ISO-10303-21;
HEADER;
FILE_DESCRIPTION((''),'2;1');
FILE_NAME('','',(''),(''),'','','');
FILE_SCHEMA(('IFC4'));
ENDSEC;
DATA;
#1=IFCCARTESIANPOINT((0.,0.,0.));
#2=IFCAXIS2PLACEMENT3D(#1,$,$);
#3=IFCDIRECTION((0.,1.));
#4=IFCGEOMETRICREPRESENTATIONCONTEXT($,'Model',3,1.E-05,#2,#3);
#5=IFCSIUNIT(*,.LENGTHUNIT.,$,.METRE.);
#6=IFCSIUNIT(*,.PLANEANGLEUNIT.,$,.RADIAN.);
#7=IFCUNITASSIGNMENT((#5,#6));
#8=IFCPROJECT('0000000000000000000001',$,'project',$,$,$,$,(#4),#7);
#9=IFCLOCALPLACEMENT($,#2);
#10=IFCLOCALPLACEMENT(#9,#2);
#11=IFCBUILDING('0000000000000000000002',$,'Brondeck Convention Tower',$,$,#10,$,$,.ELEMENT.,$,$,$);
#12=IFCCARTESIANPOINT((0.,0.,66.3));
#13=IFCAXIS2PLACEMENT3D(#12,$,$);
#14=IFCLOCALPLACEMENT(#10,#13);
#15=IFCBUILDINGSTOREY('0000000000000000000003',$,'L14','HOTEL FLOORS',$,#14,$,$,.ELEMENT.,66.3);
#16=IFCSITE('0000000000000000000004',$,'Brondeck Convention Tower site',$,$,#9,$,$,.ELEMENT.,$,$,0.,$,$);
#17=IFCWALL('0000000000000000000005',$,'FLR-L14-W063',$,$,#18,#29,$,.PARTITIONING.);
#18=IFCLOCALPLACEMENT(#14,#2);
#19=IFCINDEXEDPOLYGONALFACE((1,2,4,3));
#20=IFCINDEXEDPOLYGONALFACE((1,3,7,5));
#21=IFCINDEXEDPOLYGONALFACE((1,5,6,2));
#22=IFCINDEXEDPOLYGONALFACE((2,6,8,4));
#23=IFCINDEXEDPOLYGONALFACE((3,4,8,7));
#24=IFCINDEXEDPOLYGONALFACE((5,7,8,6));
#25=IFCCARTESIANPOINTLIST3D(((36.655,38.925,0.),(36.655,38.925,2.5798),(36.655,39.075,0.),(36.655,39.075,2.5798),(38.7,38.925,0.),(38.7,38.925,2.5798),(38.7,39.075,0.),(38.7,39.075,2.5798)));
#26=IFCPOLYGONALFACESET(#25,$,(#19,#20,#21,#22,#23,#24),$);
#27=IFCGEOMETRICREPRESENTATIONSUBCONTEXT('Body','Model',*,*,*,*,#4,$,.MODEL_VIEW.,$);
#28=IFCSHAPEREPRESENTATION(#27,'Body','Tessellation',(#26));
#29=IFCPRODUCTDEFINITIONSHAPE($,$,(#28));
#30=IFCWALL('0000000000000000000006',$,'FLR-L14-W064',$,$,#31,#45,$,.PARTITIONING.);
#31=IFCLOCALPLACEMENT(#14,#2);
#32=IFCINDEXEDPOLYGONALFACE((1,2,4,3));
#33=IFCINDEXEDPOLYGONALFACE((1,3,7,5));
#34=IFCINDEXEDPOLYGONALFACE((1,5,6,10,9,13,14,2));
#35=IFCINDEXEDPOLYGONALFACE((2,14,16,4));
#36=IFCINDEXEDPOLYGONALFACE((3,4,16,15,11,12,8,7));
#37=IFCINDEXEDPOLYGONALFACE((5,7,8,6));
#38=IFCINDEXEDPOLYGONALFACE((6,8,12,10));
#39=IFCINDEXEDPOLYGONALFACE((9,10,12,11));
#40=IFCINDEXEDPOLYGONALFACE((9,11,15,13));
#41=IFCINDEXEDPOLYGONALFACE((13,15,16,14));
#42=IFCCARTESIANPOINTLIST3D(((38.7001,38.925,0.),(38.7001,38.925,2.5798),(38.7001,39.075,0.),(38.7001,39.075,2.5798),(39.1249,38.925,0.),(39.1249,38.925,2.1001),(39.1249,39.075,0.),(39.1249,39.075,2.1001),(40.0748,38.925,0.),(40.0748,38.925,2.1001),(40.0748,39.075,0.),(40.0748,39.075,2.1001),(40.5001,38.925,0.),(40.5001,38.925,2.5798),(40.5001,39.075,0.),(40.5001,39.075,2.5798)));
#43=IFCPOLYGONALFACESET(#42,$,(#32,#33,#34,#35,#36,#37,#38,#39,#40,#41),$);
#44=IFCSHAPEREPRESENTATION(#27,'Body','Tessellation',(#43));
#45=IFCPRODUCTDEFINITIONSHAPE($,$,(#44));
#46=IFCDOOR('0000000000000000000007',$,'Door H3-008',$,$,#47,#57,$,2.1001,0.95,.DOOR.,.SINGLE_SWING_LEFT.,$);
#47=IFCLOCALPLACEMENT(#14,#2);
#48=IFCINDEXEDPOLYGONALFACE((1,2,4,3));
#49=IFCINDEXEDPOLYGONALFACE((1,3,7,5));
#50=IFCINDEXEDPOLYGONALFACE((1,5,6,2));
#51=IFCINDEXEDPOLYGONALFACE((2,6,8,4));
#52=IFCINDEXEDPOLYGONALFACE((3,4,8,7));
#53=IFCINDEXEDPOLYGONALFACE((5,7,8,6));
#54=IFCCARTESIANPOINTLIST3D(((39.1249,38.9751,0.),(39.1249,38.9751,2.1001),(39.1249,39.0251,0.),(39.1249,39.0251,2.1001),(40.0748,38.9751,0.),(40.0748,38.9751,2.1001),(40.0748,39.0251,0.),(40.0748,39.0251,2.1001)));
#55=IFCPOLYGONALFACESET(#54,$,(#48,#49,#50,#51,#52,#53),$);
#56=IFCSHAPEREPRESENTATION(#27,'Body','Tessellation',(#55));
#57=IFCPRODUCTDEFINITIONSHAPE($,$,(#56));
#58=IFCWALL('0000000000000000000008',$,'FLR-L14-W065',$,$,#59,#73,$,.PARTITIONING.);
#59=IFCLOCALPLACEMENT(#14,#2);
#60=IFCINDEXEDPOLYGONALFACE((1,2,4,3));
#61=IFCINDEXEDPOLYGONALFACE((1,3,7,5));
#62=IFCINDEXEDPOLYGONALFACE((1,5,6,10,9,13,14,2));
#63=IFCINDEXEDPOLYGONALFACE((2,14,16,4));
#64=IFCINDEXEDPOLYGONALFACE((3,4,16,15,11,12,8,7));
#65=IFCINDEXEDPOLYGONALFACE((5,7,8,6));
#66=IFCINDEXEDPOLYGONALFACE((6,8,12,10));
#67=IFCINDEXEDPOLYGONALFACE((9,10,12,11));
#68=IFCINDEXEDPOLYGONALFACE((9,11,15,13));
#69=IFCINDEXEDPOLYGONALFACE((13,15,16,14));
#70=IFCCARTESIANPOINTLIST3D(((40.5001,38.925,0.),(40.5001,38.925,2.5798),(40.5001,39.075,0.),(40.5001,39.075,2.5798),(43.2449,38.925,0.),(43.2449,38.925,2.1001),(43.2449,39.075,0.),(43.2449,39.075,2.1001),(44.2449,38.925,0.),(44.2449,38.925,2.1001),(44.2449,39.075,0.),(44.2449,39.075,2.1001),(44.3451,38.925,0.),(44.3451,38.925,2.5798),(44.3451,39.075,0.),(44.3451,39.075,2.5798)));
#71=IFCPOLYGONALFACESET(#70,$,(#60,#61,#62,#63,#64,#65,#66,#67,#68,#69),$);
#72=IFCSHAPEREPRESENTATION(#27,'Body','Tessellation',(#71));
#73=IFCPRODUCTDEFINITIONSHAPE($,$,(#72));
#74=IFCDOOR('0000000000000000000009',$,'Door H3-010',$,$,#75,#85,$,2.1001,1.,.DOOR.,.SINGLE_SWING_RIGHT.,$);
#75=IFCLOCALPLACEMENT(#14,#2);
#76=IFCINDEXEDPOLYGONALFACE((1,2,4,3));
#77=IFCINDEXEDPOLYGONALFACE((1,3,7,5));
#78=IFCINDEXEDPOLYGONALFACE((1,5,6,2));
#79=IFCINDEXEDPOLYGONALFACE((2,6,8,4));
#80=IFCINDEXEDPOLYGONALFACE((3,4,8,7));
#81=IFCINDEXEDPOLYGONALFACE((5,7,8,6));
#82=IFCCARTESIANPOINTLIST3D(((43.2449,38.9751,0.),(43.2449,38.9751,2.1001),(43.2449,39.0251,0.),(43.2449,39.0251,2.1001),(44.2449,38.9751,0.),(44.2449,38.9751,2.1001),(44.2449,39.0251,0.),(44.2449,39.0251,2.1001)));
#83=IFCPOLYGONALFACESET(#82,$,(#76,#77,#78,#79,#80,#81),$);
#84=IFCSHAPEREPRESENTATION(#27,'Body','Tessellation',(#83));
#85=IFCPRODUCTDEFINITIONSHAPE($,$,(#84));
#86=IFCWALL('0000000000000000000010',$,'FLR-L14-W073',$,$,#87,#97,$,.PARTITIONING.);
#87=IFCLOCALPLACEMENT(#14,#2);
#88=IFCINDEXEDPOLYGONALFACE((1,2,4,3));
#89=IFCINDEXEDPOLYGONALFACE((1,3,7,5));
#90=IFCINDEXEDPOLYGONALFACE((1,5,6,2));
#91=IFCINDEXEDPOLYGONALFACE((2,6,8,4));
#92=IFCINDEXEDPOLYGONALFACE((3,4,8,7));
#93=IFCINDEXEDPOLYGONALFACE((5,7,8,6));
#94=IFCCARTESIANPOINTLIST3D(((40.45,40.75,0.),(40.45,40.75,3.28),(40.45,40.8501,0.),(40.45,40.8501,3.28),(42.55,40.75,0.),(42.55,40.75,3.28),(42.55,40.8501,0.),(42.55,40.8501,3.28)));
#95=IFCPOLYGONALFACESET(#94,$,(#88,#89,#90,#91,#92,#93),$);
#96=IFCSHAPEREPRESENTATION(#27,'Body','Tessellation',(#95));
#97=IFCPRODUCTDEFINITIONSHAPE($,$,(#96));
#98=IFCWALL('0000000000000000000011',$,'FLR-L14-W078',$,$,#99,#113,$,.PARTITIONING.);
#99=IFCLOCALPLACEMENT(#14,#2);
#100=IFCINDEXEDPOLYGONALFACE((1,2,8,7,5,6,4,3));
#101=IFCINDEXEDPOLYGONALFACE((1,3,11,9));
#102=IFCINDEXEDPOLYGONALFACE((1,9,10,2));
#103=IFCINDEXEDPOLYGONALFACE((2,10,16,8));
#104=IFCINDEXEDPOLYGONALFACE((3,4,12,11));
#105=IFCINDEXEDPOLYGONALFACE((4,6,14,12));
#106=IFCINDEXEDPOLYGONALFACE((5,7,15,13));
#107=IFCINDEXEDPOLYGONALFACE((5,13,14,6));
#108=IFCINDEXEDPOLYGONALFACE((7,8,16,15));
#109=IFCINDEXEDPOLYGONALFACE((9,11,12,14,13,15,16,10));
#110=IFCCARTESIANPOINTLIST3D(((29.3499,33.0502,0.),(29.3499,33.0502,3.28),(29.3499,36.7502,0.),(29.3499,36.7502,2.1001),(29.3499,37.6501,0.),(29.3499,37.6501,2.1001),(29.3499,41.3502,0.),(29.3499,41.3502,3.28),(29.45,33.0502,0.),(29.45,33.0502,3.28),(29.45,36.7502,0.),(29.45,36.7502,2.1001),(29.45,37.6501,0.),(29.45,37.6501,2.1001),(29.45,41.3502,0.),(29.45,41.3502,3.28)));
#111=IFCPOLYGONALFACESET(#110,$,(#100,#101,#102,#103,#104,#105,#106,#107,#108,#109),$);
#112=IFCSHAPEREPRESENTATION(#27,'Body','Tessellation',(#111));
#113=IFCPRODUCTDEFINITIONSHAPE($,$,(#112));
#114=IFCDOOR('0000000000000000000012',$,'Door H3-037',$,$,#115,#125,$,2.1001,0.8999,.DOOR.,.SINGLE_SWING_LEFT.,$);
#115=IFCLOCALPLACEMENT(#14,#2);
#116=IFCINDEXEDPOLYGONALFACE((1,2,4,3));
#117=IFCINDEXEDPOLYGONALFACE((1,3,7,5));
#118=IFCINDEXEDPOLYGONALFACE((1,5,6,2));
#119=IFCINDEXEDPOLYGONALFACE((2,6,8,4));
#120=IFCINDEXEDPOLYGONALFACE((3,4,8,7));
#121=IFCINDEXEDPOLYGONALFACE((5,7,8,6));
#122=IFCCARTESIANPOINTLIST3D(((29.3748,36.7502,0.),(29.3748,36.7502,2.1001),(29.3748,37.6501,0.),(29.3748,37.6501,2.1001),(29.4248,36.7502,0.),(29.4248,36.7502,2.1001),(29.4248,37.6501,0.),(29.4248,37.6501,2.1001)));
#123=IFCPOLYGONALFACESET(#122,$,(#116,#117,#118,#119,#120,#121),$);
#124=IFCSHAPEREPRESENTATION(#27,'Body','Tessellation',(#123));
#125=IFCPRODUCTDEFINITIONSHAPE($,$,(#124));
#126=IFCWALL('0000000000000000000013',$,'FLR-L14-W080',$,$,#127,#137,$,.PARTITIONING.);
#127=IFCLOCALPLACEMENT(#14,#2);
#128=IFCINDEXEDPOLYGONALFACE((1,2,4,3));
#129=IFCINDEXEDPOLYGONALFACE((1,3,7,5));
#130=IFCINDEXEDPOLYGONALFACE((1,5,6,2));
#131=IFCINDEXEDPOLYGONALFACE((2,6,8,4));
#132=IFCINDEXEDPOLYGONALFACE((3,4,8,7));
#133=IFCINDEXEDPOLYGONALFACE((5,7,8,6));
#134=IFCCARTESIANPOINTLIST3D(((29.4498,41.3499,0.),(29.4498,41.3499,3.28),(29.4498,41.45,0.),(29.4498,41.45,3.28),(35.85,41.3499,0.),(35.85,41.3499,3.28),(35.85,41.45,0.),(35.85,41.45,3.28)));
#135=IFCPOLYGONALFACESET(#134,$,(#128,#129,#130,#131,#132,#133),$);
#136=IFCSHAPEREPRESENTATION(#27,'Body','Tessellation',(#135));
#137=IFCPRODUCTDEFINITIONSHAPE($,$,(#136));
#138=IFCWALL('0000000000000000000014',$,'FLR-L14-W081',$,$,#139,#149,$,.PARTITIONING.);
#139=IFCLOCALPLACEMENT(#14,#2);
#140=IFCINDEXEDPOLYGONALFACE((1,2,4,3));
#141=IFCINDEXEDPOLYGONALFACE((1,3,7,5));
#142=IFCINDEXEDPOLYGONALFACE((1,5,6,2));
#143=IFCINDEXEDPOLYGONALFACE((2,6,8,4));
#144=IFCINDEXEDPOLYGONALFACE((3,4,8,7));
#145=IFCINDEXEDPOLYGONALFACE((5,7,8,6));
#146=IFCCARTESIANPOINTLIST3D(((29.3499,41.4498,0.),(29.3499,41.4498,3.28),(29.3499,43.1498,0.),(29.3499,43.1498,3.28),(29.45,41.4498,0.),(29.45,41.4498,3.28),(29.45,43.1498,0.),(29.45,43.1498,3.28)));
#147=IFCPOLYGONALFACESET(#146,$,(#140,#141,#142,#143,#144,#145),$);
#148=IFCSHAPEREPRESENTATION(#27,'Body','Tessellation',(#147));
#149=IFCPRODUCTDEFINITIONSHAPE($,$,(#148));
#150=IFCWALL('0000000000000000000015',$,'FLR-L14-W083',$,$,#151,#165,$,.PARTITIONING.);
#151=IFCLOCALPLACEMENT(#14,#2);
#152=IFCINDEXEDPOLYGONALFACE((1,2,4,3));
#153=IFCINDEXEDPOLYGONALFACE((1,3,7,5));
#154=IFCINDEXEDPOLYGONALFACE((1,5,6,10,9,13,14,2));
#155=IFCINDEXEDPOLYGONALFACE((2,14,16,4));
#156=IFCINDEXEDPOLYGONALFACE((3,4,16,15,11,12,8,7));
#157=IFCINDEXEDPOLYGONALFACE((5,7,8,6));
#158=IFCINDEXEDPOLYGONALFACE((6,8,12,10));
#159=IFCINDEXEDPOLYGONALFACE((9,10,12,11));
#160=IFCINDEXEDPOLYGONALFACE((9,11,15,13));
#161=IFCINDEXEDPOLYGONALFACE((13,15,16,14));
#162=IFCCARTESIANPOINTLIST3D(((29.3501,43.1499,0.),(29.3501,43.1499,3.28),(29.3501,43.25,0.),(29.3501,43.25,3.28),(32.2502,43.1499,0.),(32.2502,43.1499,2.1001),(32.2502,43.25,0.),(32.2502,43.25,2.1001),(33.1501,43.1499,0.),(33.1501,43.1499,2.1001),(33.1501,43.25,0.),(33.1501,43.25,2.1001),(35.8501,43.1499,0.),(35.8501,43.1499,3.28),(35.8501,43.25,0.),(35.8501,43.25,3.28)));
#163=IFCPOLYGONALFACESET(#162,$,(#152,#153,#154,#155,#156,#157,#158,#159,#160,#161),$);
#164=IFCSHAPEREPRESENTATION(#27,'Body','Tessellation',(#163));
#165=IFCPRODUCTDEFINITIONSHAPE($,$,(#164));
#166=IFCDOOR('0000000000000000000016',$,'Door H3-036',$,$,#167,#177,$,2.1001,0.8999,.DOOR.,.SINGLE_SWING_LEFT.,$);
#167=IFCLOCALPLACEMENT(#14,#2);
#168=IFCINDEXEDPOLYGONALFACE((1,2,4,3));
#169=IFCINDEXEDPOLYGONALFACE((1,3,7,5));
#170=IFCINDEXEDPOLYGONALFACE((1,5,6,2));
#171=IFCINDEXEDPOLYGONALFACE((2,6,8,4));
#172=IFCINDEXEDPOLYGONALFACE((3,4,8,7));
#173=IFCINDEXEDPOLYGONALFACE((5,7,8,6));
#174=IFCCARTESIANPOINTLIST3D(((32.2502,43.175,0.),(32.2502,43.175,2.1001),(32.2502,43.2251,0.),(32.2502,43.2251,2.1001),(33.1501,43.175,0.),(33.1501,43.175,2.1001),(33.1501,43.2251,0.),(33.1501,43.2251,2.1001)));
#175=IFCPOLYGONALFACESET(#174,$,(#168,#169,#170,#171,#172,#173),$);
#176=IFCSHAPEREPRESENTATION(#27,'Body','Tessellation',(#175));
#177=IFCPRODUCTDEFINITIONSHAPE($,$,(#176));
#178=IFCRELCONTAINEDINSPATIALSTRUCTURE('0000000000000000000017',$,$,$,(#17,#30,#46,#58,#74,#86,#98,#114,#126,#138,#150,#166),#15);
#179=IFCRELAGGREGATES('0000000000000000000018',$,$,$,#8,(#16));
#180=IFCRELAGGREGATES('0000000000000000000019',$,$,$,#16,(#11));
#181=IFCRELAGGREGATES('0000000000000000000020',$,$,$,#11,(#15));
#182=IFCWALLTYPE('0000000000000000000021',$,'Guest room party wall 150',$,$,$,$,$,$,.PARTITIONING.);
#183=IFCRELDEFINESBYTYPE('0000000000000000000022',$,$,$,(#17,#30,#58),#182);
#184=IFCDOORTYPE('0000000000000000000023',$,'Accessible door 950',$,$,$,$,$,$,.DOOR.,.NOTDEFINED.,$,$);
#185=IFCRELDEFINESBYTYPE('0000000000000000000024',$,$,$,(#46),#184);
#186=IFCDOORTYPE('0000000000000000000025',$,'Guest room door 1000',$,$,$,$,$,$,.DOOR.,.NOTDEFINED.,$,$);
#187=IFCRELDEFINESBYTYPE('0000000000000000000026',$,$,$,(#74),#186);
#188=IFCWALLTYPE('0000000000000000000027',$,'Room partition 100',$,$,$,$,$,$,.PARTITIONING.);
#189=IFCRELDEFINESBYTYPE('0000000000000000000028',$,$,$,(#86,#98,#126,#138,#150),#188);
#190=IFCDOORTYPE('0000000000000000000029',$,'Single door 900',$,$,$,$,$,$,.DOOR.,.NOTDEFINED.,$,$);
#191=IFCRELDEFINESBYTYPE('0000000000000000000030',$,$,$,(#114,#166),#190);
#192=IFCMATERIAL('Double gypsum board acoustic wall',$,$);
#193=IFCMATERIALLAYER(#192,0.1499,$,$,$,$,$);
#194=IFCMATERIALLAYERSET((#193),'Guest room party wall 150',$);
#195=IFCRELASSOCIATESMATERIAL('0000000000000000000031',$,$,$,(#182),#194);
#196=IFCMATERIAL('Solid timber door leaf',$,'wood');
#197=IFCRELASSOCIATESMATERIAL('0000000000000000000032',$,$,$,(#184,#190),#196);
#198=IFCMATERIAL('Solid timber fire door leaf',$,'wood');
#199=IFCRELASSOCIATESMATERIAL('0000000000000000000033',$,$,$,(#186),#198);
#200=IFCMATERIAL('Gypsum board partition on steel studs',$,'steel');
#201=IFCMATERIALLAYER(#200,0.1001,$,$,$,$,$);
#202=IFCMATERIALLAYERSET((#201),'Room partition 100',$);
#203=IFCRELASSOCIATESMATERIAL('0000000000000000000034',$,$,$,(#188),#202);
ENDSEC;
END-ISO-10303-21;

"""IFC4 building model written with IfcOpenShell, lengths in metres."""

from ifc_helpers import new_model, si_unit, direction, frame, frame_2d, origin, place, context, subcontext, project, spatial, rectangle, extrude, material, layer, layer_set, type_object, element, fill, save


model = new_model("IFC4")

# Units and contexts
model_context = context("Model", 3, precision=1e-05, world=origin(), true_north=direction((0.0, 1.0)))
body_context = subcontext(model_context, "Body", "Model", "MODEL_VIEW")
ifc_project = project(units=[si_unit("LENGTHUNIT", "METRE"), si_unit("PLANEANGLEUNIT", "RADIAN")], contexts=[model_context])

# Site, building, storey
site_placement = place(None, origin())
site = spatial("IfcSite", under=ifc_project, at=site_placement, Name="Brondeck Convention Tower site", CompositionType="ELEMENT", RefElevation=0.0)
building_placement = place(site_placement, origin())
building = spatial("IfcBuilding", under=site, at=building_placement, Name="Brondeck Convention Tower", CompositionType="ELEMENT")
storey_placement = place(building_placement, frame((0.0, 0.0, 66.3)))
storey = spatial("IfcBuildingStorey", under=building, at=storey_placement, Name="L14", Description="HOTEL FLOORS", CompositionType="ELEMENT", Elevation=66.3)

# Wall
ifc_material_1 = material(Name="Double gypsum board acoustic wall")
ifc_layer_1 = layer(ifc_material_1, 0.1499)
ifc_layer_set_1 = layer_set([ifc_layer_1], Name="Guest room party wall 150")
wall_type_1 = type_object("IfcWallType", Name="Guest room party wall 150", PredefinedType="PARTITIONING", material=ifc_layer_set_1)
wall_1_placement = place(storey_placement, frame((38.7, 39.0, 0.0), z_axis=(0.0, 0.0, 1.0), x_axis=(-1.0, 0.0, 0.0)))
element("IfcWall", 1, at=wall_1_placement, inside=storey, type_object=wall_type_1, Name="FLR-L14-W063", PredefinedType="PARTITIONING", context=body_context, shape_type="SweptSolid", body=[
    extrude(rectangle(XDim=2.0449, YDim=0.1499, at=frame_2d((1.0225, 0.0))), origin(), (0.0, 0.0, 1.0), 2.5798),
])

# Walls, openings, doors
wall_2_placement = place(storey_placement, frame((40.5, 39.0, 0.0), z_axis=(0.0, 0.0, 1.0), x_axis=(-1.0, 0.0, 0.0)))
wall_2 = element("IfcWall", 2, at=wall_2_placement, inside=storey, type_object=wall_type_1, Name="FLR-L14-W064", PredefinedType="PARTITIONING", context=body_context, shape_type="SweptSolid", body=[
    extrude(rectangle(XDim=1.8, YDim=0.1499, at=frame_2d((0.8999, 0.0))), origin(), (0.0, 0.0, 1.0), 2.5798),
])
opening_1_placement = place(wall_2_placement, frame((0.425, 0.0, 0.0)))
opening_1 = element("IfcOpeningElement", 3, at=opening_1_placement, cuts=wall_2, PredefinedType="OPENING", context=body_context, shape_type="SweptSolid", body=[
    extrude(rectangle(XDim=0.95, YDim=2.1001, at=frame_2d((0.4751, 1.05))), frame((0.0, 0.085, 0.0), z_axis=(0.0, -1.0, 0.0), x_axis=(1.0, 0.0, 0.0)), (0.0, 0.0, 1.0), 0.1699),
])
ifc_material_2 = material(Name="Solid timber door leaf", Category="wood")
door_type_1 = type_object("IfcDoorType", Name="Accessible door 950", OperationType="NOTDEFINED", PredefinedType="DOOR", material=ifc_material_2)
door_1_placement = place(opening_1_placement, origin())
door_1 = element("IfcDoor", 4, at=door_1_placement, inside=storey, type_object=door_type_1, Name="Door H3-008", OperationType="SINGLE_SWING_LEFT", OverallHeight=2.1001, OverallWidth=0.95, PredefinedType="DOOR", context=body_context, shape_type="SweptSolid", body=[
    extrude(rectangle(XDim=0.95, YDim=2.1001, at=frame_2d((0.4751, 1.05))), frame((0.0, 0.0249, 0.0), z_axis=(0.0, -1.0, 0.0), x_axis=(1.0, 0.0, 0.0)), (0.0, 0.0, 1.0), 0.05),
])
fill(opening_1, door_1)
wall_3_placement = place(storey_placement, frame((44.345, 39.0, 0.0), z_axis=(0.0, 0.0, 1.0), x_axis=(-1.0, 0.0, 0.0)))
wall_3 = element("IfcWall", 5, at=wall_3_placement, inside=storey, type_object=wall_type_1, Name="FLR-L14-W065", PredefinedType="PARTITIONING", context=body_context, shape_type="SweptSolid", body=[
    extrude(rectangle(XDim=3.845, YDim=0.1499, at=frame_2d((1.9224, 0.0))), origin(), (0.0, 0.0, 1.0), 2.5798),
])
opening_2_placement = place(wall_3_placement, frame((0.1001, 0.0, 0.0)))
opening_2 = element("IfcOpeningElement", 6, at=opening_2_placement, cuts=wall_3, PredefinedType="OPENING", context=body_context, shape_type="SweptSolid", body=[
    extrude(rectangle(XDim=1.0, YDim=2.1001, at=frame_2d((0.5, 1.05))), frame((0.0, 0.085, 0.0), z_axis=(0.0, -1.0, 0.0), x_axis=(1.0, 0.0, 0.0)), (0.0, 0.0, 1.0), 0.1699),
])
ifc_material_3 = material(Name="Solid timber fire door leaf", Category="wood")
door_type_2 = type_object("IfcDoorType", Name="Guest room door 1000", OperationType="NOTDEFINED", PredefinedType="DOOR", material=ifc_material_3)
door_2_placement = place(opening_2_placement, origin())
door_2 = element("IfcDoor", 7, at=door_2_placement, inside=storey, type_object=door_type_2, Name="Door H3-010", OperationType="SINGLE_SWING_RIGHT", OverallHeight=2.1001, OverallWidth=1.0, PredefinedType="DOOR", context=body_context, shape_type="SweptSolid", body=[
    extrude(rectangle(XDim=1.0, YDim=2.1001, at=frame_2d((0.5, 1.05))), frame((0.0, 0.0249, 0.0), z_axis=(0.0, -1.0, 0.0), x_axis=(1.0, 0.0, 0.0)), (0.0, 0.0, 1.0), 0.05),
])
fill(opening_2, door_2)

# Wall
ifc_material_4 = material(Name="Gypsum board partition on steel studs", Category="steel")
ifc_layer_2 = layer(ifc_material_4, 0.1001)
ifc_layer_set_2 = layer_set([ifc_layer_2], Name="Room partition 100")
wall_type_2 = type_object("IfcWallType", Name="Room partition 100", PredefinedType="PARTITIONING", material=ifc_layer_set_2)
wall_4_placement = place(storey_placement, frame((40.45, 40.8, 0.0), z_axis=(0.0, 0.0, 1.0), x_axis=(1.0, 0.0, 0.0)))
element("IfcWall", 8, at=wall_4_placement, inside=storey, type_object=wall_type_2, Name="FLR-L14-W073", PredefinedType="PARTITIONING", context=body_context, shape_type="SweptSolid", body=[
    extrude(rectangle(XDim=2.1001, YDim=0.1001, at=frame_2d((1.05, 0.0))), origin(), (0.0, 0.0, 1.0), 3.28),
])

# Wall, opening, door
wall_5_placement = place(storey_placement, frame((29.3999, 41.3501, 0.0), z_axis=(0.0, 0.0, 1.0), x_axis=(0.0, -1.0, 0.0)))
wall_5 = element("IfcWall", 9, at=wall_5_placement, inside=storey, type_object=wall_type_2, Name="FLR-L14-W078", PredefinedType="PARTITIONING", context=body_context, shape_type="SweptSolid", body=[
    extrude(rectangle(XDim=8.3, YDim=0.1001, at=frame_2d((4.1499, 0.0))), origin(), (0.0, 0.0, 1.0), 3.28),
])
opening_3_placement = place(wall_5_placement, frame((3.7, 0.0, 0.0)))
opening_3 = element("IfcOpeningElement", 10, at=opening_3_placement, cuts=wall_5, PredefinedType="OPENING", context=body_context, shape_type="SweptSolid", body=[
    extrude(rectangle(XDim=0.8999, YDim=2.1001, at=frame_2d((0.45, 1.05))), frame((0.0, 0.0601, 0.0), z_axis=(0.0, -1.0, 0.0), x_axis=(1.0, 0.0, 0.0)), (0.0, 0.0, 1.0), 0.1201),
])
door_type_3 = type_object("IfcDoorType", Name="Single door 900", OperationType="NOTDEFINED", PredefinedType="DOOR", material=ifc_material_2)
door_3_placement = place(opening_3_placement, origin())
door_3 = element("IfcDoor", 11, at=door_3_placement, inside=storey, type_object=door_type_3, Name="Door H3-037", OperationType="SINGLE_SWING_LEFT", OverallHeight=2.1001, OverallWidth=0.8999, PredefinedType="DOOR", context=body_context, shape_type="SweptSolid", body=[
    extrude(rectangle(XDim=0.8999, YDim=2.1001, at=frame_2d((0.45, 1.05))), frame((0.0, 0.0249, 0.0), z_axis=(0.0, -1.0, 0.0), x_axis=(1.0, 0.0, 0.0)), (0.0, 0.0, 1.0), 0.05),
])
fill(opening_3, door_3)

# Walls
wall_6_placement = place(storey_placement, frame((35.8501, 41.3999, 0.0), z_axis=(0.0, 0.0, 1.0), x_axis=(-1.0, 0.0, 0.0)))
element("IfcWall", 12, at=wall_6_placement, inside=storey, type_object=wall_type_2, Name="FLR-L14-W080", PredefinedType="PARTITIONING", context=body_context, shape_type="SweptSolid", body=[
    extrude(rectangle(XDim=6.4001, YDim=0.1001, at=frame_2d((3.2002, 0.0))), origin(), (0.0, 0.0, 1.0), 3.28),
])
wall_7_placement = place(storey_placement, frame((29.3999, 43.1499, 0.0), z_axis=(0.0, 0.0, 1.0), x_axis=(0.0, -1.0, 0.0)))
element("IfcWall", 13, at=wall_7_placement, inside=storey, type_object=wall_type_2, Name="FLR-L14-W081", PredefinedType="PARTITIONING", context=body_context, shape_type="SweptSolid", body=[
    extrude(rectangle(XDim=1.7, YDim=0.1001, at=frame_2d((0.8501, 0.0))), origin(), (0.0, 0.0, 1.0), 3.28),
])

# Wall, opening, door
wall_8_placement = place(storey_placement, frame((35.8501, 43.2, 0.0), z_axis=(0.0, 0.0, 1.0), x_axis=(-1.0, 0.0, 0.0)))
wall_8 = element("IfcWall", 14, at=wall_8_placement, inside=storey, type_object=wall_type_2, Name="FLR-L14-W083", PredefinedType="PARTITIONING", context=body_context, shape_type="SweptSolid", body=[
    extrude(rectangle(XDim=6.5, YDim=0.1001, at=frame_2d((3.25, 0.0))), origin(), (0.0, 0.0, 1.0), 3.28),
])
opening_4_placement = place(wall_8_placement, frame((2.7, 0.0, 0.0)))
opening_4 = element("IfcOpeningElement", 15, at=opening_4_placement, cuts=wall_8, PredefinedType="OPENING", context=body_context, shape_type="SweptSolid", body=[
    extrude(rectangle(XDim=0.8999, YDim=2.1001, at=frame_2d((0.45, 1.05))), frame((0.0, 0.0601, 0.0), z_axis=(0.0, -1.0, 0.0), x_axis=(1.0, 0.0, 0.0)), (0.0, 0.0, 1.0), 0.1201),
])
door_4_placement = place(opening_4_placement, origin())
door_4 = element("IfcDoor", 16, at=door_4_placement, inside=storey, type_object=door_type_3, Name="Door H3-036", OperationType="SINGLE_SWING_LEFT", OverallHeight=2.1001, OverallWidth=0.8999, PredefinedType="DOOR", context=body_context, shape_type="SweptSolid", body=[
    extrude(rectangle(XDim=0.8999, YDim=2.1001, at=frame_2d((0.45, 1.05))), frame((0.0, 0.0249, 0.0), z_axis=(0.0, -1.0, 0.0), x_axis=(1.0, 0.0, 0.0)), (0.0, 0.0, 1.0), 0.05),
])
fill(opening_4, door_4)

save(model, "model.ifc")
